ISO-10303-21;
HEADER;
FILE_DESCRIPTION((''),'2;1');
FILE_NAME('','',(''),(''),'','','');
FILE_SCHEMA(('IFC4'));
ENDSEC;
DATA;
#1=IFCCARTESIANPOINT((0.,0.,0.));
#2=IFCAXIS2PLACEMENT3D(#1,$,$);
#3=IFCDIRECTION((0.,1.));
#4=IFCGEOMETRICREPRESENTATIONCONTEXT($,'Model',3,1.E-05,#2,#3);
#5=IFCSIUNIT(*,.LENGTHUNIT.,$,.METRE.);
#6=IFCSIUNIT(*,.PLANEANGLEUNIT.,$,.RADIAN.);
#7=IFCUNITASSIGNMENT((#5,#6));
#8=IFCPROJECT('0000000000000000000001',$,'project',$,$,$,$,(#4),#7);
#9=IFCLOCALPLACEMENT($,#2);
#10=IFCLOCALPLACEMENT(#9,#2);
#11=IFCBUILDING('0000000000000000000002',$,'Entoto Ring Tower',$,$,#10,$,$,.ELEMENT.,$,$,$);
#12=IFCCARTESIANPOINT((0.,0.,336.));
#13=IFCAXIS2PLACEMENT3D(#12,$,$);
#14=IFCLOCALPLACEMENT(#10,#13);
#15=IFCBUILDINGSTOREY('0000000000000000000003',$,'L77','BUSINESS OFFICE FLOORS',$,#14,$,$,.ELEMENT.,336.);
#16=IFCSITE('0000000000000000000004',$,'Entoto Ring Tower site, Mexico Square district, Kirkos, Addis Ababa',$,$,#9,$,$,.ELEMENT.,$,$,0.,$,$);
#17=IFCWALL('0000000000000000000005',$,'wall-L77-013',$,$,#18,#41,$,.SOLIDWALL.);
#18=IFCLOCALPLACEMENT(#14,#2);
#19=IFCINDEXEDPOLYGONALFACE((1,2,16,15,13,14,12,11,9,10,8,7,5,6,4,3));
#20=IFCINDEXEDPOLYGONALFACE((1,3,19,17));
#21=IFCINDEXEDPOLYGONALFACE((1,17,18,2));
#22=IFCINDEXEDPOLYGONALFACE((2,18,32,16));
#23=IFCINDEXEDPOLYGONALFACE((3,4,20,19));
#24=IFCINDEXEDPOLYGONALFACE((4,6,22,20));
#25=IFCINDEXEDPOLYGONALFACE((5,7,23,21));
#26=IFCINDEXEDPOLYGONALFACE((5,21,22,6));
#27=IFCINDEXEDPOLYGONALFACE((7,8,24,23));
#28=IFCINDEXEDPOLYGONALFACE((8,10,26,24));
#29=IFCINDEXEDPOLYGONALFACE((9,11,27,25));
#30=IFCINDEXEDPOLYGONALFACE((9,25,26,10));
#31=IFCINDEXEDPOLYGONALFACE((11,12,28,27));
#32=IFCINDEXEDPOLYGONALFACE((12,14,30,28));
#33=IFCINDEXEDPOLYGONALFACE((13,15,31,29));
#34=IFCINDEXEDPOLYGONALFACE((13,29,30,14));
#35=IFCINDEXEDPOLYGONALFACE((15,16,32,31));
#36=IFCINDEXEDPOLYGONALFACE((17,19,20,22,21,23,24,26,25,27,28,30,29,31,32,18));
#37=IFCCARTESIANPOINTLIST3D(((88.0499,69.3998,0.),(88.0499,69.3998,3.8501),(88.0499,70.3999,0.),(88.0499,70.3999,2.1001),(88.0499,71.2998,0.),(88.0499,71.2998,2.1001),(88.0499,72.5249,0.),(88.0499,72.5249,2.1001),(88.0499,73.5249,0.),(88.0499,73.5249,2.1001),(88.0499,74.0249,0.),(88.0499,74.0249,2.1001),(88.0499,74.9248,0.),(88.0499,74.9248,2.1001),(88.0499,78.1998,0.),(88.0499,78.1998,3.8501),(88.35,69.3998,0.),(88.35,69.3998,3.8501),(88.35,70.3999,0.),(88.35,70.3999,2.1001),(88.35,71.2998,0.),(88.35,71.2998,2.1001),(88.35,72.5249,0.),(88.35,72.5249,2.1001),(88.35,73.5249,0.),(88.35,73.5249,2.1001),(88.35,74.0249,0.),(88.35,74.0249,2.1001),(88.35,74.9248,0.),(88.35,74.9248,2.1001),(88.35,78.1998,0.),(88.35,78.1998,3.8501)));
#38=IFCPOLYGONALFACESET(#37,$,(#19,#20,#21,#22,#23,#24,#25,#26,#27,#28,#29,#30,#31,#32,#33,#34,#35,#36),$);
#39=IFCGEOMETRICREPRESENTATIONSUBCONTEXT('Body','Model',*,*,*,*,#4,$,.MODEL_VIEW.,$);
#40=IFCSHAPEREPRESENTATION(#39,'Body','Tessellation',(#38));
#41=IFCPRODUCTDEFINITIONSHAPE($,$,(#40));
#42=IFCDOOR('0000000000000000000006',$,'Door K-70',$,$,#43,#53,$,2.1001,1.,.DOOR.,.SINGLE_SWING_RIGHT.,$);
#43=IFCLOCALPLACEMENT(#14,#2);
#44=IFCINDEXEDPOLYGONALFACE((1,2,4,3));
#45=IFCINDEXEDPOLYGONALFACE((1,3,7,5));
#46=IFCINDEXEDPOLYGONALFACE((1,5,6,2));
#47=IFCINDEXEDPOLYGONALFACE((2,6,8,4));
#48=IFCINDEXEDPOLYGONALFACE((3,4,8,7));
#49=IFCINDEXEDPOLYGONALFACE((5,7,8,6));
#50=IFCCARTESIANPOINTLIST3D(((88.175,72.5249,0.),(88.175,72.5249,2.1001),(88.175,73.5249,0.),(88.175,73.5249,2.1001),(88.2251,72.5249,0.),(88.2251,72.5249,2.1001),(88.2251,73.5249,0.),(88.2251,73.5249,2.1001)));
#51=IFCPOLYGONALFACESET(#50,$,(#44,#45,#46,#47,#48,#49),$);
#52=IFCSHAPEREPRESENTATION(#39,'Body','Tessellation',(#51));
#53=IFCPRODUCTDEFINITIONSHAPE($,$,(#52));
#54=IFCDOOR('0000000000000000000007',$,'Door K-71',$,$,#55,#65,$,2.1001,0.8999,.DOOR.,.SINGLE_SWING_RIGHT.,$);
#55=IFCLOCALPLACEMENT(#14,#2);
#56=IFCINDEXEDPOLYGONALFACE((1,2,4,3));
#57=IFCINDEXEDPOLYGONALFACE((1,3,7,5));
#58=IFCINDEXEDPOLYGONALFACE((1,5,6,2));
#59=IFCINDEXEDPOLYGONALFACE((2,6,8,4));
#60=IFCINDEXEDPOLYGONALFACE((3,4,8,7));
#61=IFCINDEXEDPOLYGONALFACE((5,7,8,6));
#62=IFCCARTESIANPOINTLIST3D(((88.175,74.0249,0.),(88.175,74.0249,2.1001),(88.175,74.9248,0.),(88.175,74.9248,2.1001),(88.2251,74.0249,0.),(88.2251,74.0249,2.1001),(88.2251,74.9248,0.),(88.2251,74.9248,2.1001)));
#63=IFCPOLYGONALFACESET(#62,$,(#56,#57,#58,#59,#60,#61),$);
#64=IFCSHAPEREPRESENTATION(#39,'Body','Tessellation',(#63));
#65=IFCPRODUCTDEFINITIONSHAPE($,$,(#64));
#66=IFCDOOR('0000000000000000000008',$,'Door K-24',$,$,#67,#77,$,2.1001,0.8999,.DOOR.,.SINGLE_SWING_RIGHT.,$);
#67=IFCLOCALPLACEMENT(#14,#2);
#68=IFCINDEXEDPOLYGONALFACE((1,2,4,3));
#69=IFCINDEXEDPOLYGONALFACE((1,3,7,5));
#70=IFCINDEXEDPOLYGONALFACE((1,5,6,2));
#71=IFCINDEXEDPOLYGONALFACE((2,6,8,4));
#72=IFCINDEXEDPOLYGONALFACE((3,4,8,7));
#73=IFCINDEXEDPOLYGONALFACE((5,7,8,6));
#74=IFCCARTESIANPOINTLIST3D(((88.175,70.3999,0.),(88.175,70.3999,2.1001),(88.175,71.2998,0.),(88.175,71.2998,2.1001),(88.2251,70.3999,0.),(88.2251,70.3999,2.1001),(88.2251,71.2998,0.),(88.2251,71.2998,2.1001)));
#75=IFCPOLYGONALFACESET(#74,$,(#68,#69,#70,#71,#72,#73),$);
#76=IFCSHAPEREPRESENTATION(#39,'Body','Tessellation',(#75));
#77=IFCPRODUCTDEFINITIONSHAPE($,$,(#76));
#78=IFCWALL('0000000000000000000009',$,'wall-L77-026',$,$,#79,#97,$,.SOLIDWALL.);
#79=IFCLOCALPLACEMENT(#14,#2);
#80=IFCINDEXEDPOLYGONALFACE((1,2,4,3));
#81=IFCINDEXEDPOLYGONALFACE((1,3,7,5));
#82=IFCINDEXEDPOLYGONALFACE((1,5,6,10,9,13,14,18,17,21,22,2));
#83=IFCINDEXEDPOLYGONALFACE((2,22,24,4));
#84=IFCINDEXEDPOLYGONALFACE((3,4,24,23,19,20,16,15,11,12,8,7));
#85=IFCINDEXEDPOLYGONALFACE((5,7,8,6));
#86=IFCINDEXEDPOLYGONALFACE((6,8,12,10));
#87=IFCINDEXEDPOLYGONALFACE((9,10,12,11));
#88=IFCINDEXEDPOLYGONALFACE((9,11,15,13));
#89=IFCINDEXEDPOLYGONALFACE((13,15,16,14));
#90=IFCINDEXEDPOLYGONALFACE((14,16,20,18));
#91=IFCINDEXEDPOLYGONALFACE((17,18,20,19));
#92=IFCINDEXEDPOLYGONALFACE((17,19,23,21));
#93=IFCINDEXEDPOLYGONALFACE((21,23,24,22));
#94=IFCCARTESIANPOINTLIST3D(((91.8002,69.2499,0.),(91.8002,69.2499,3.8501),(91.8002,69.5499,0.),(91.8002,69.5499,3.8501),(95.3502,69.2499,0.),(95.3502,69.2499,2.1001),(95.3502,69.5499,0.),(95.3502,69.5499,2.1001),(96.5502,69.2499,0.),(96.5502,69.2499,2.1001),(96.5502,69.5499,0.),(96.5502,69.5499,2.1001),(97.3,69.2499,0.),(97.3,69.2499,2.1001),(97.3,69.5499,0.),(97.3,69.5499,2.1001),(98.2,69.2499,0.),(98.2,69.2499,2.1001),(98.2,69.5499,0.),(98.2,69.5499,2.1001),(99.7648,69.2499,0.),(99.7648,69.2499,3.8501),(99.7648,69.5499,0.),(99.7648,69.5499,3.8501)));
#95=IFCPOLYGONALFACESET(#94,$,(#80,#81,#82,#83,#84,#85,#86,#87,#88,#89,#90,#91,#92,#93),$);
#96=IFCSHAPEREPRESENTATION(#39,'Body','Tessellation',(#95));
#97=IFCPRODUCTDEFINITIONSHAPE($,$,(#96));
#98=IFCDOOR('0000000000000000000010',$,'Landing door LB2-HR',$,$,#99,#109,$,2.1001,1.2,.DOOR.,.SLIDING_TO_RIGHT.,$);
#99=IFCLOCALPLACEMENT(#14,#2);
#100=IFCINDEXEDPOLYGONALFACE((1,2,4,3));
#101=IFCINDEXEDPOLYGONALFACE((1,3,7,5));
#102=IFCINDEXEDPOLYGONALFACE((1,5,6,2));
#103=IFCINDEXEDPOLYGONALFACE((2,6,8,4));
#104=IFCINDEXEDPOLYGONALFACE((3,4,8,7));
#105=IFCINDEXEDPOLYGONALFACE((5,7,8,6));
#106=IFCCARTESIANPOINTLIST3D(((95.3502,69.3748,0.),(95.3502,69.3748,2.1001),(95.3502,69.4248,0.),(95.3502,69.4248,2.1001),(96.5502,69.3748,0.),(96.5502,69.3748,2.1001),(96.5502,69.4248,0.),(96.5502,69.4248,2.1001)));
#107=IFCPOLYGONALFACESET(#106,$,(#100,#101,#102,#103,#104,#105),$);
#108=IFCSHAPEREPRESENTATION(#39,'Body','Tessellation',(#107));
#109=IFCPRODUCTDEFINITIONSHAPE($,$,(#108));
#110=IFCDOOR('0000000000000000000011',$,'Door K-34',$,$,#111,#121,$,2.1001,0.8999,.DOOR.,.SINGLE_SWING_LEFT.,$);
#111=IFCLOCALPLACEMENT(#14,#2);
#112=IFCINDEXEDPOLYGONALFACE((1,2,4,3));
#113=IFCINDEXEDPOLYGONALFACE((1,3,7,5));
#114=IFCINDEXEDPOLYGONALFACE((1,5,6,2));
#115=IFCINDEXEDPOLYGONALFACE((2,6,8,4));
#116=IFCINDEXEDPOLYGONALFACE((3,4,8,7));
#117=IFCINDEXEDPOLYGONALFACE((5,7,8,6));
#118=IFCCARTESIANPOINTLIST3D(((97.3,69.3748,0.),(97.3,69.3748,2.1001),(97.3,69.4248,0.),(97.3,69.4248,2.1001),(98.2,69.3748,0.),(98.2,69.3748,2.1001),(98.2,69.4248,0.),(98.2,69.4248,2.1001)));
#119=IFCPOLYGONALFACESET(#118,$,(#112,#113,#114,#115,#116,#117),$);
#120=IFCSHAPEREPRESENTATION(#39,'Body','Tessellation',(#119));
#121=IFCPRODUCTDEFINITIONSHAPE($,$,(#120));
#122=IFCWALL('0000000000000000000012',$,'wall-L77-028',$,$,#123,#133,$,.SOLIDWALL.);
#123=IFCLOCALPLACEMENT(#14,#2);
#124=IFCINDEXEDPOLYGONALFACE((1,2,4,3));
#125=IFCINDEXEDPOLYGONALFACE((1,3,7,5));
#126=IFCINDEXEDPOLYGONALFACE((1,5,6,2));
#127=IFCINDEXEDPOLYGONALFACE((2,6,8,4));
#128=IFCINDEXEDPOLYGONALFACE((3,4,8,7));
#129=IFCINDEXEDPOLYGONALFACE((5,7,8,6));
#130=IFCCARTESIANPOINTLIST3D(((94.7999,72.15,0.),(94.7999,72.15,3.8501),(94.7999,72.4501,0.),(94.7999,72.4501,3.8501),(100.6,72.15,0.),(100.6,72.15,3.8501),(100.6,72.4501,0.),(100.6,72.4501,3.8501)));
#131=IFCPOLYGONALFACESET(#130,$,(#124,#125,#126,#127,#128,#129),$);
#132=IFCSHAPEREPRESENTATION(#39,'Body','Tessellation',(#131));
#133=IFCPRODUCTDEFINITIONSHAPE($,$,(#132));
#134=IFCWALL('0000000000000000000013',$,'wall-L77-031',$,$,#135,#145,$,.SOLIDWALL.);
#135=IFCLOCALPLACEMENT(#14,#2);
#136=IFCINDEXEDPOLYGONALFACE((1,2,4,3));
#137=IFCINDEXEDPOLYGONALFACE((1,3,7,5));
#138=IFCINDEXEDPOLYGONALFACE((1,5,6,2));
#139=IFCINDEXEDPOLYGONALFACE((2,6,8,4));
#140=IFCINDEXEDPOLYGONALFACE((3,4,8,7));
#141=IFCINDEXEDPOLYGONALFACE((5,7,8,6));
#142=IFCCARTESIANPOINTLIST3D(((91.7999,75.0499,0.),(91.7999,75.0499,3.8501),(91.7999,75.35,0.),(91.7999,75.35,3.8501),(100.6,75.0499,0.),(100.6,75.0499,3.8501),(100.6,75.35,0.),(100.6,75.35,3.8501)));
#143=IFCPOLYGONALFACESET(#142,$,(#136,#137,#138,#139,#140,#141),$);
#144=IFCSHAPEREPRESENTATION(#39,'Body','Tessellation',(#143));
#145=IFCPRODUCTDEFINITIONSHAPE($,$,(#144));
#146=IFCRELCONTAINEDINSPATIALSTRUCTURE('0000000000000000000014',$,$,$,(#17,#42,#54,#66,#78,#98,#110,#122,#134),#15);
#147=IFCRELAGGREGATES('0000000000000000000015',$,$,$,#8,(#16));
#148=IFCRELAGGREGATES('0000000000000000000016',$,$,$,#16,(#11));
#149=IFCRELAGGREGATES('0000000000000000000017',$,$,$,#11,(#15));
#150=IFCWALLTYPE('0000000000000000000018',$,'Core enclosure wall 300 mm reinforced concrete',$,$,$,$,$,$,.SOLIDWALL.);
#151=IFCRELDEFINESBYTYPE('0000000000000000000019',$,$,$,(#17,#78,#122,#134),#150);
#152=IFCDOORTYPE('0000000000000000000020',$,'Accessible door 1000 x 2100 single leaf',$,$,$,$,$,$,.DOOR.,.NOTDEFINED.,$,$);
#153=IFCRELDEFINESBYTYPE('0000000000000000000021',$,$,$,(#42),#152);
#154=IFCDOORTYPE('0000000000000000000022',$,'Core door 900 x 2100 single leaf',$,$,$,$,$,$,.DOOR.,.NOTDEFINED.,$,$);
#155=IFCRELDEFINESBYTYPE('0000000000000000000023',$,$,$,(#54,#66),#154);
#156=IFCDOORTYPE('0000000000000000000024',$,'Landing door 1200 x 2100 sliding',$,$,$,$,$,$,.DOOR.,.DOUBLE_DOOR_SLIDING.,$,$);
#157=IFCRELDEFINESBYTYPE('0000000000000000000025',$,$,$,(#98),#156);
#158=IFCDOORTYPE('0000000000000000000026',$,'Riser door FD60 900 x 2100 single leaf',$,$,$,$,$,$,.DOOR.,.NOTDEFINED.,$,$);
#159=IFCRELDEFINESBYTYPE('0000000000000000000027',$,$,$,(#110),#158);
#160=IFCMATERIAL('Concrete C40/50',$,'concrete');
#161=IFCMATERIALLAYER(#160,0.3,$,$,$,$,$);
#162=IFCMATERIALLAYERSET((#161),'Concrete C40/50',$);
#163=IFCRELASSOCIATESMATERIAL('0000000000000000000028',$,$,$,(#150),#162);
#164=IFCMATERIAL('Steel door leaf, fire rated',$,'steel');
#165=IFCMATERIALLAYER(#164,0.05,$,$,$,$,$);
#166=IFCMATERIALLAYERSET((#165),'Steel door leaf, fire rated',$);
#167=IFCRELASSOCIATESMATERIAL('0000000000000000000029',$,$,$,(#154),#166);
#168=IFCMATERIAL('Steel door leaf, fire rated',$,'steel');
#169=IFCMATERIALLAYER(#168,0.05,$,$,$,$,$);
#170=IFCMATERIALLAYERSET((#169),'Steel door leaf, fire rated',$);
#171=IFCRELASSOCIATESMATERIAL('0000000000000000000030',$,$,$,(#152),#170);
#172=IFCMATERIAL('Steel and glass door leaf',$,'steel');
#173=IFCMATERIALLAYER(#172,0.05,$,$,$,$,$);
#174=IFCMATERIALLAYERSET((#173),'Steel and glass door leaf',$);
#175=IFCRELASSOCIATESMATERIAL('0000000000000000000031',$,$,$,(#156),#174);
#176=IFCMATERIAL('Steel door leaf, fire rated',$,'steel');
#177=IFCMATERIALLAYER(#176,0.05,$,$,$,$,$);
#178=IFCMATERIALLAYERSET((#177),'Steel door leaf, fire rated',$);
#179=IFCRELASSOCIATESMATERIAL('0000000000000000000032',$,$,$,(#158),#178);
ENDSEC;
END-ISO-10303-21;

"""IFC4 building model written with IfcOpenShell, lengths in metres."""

from ifc_helpers import new_model, si_unit, direction, frame, frame_2d, origin, place, context, subcontext, project, spatial, rectangle, extrude, material, layer, layer_set, type_object, element, fill, save


model = new_model("IFC4")

# Units and contexts
model_context = context("Model", 3, precision=1e-05, world=origin(), true_north=direction((0.0, 1.0)))
body_context = subcontext(model_context, "Body", "Model", "MODEL_VIEW")
ifc_project = project(units=[si_unit("LENGTHUNIT", "METRE"), si_unit("PLANEANGLEUNIT", "RADIAN")], contexts=[model_context])

# Site, building, storey
site_placement = place(None, origin())
site = spatial("IfcSite", under=ifc_project, at=site_placement, Name="Entoto Ring Tower site, Mexico Square district, Kirkos, Addis Ababa", CompositionType="ELEMENT", RefElevation=0.0)
building_placement = place(site_placement, origin())
building = spatial("IfcBuilding", under=site, at=building_placement, Name="Entoto Ring Tower", CompositionType="ELEMENT")
storey_placement = place(building_placement, frame((0.0, 0.0, 336.0)))
storey = spatial("IfcBuildingStorey", under=building, at=storey_placement, Name="L77", Description="BUSINESS OFFICE FLOORS", CompositionType="ELEMENT", Elevation=336.0)

# Shared definitions
ifc_material_1 = material(Name="Concrete C40/50", Category="concrete")
ifc_layer_1 = layer(ifc_material_1, 0.3)
ifc_layer_set_1 = layer_set([ifc_layer_1], Name="Concrete C40/50")
wall_type = type_object("IfcWallType", Name="Core enclosure wall 300 mm reinforced concrete", PredefinedType="SOLIDWALL", material=ifc_layer_set_1)

# Shared definitions
ifc_material_2 = material(Name="Steel door leaf, fire rated", Category="steel")
ifc_layer_2 = layer(ifc_material_2, 0.05)
ifc_layer_set_2 = layer_set([ifc_layer_2], Name="Steel door leaf, fire rated")
door_type_1 = type_object("IfcDoorType", Name="Core door 900 x 2100 single leaf", OperationType="NOTDEFINED", PredefinedType="DOOR", material=ifc_layer_set_2)

# Walls, openings, doors
wall_1_placement = place(storey_placement, frame((88.2, 69.3999, 0.0), z_axis=(0.0, 0.0, 1.0), x_axis=(0.0, 1.0, 0.0)))
wall_1 = element("IfcWall", 1, at=wall_1_placement, inside=storey, type_object=wall_type, Name="wall-L77-013", PredefinedType="SOLIDWALL", context=body_context, shape_type="SweptSolid", body=[
    extrude(rectangle(XDim=8.8, YDim=0.3, at=frame_2d((4.3999, 0.0))), origin(), (0.0, 0.0, 1.0), 3.8501),
])
opening_1_placement = place(wall_1_placement, frame((3.125, 0.0, 0.0)))
opening_1 = element("IfcOpeningElement", 2, at=opening_1_placement, cuts=wall_1, PredefinedType="OPENING", context=body_context, shape_type="SweptSolid", body=[
    extrude(rectangle(XDim=1.0, YDim=2.1001, at=frame_2d((0.5, 1.05))), frame((0.0, 0.1602, 0.0), z_axis=(0.0, -1.0, 0.0), x_axis=(1.0, 0.0, 0.0)), (0.0, 0.0, 1.0), 0.3201),
])
opening_2_placement = place(wall_1_placement, frame((4.625, 0.0, 0.0)))
opening_2 = element("IfcOpeningElement", 3, at=opening_2_placement, cuts=wall_1, PredefinedType="OPENING", context=body_context, shape_type="SweptSolid", body=[
    extrude(rectangle(XDim=0.8999, YDim=2.1001, at=frame_2d((0.45, 1.05))), frame((0.0, 0.1602, 0.0), z_axis=(0.0, -1.0, 0.0), x_axis=(1.0, 0.0, 0.0)), (0.0, 0.0, 1.0), 0.3201),
])
opening_3_placement = place(wall_1_placement, frame((1.0, 0.0, 0.0)))
opening_3 = element("IfcOpeningElement", 4, at=opening_3_placement, cuts=wall_1, PredefinedType="OPENING", context=body_context, shape_type="SweptSolid", body=[
    extrude(rectangle(XDim=0.8999, YDim=2.1001, at=frame_2d((0.45, 1.05))), frame((0.0, 0.1602, 0.0), z_axis=(0.0, -1.0, 0.0), x_axis=(1.0, 0.0, 0.0)), (0.0, 0.0, 1.0), 0.3201),
])
ifc_material_3 = material(Name="Steel door leaf, fire rated", Category="steel")
ifc_layer_3 = layer(ifc_material_3, 0.05)
ifc_layer_set_3 = layer_set([ifc_layer_3], Name="Steel door leaf, fire rated")
door_type_2 = type_object("IfcDoorType", Name="Accessible door 1000 x 2100 single leaf", OperationType="NOTDEFINED", PredefinedType="DOOR", material=ifc_layer_set_3)
door_1_placement = place(opening_1_placement, origin())
door_1 = element("IfcDoor", 5, at=door_1_placement, inside=storey, type_object=door_type_2, Name="Door K-70", OperationType="SINGLE_SWING_RIGHT", OverallHeight=2.1001, OverallWidth=1.0, PredefinedType="DOOR", context=body_context, shape_type="SweptSolid", body=[
    extrude(rectangle(XDim=1.0, YDim=2.1001, at=frame_2d((0.5, 1.05))), frame((0.0, 0.0249, 0.0), z_axis=(0.0, -1.0, 0.0), x_axis=(1.0, 0.0, 0.0)), (0.0, 0.0, 1.0), 0.05),
])
fill(opening_1, door_1)
door_2_placement = place(opening_2_placement, origin())
door_2 = element("IfcDoor", 6, at=door_2_placement, inside=storey, type_object=door_type_1, Name="Door K-71", OperationType="SINGLE_SWING_RIGHT", OverallHeight=2.1001, OverallWidth=0.8999, PredefinedType="DOOR", context=body_context, shape_type="SweptSolid", body=[
    extrude(rectangle(XDim=0.8999, YDim=2.1001, at=frame_2d((0.45, 1.05))), frame((0.0, 0.0249, 0.0), z_axis=(0.0, -1.0, 0.0), x_axis=(1.0, 0.0, 0.0)), (0.0, 0.0, 1.0), 0.05),
])
fill(opening_2, door_2)
door_3_placement = place(opening_3_placement, origin())
door_3 = element("IfcDoor", 7, at=door_3_placement, inside=storey, type_object=door_type_1, Name="Door K-24", OperationType="SINGLE_SWING_RIGHT", OverallHeight=2.1001, OverallWidth=0.8999, PredefinedType="DOOR", context=body_context, shape_type="SweptSolid", body=[
    extrude(rectangle(XDim=0.8999, YDim=2.1001, at=frame_2d((0.45, 1.05))), frame((0.0, 0.0249, 0.0), z_axis=(0.0, -1.0, 0.0), x_axis=(1.0, 0.0, 0.0)), (0.0, 0.0, 1.0), 0.05),
])
fill(opening_3, door_3)
wall_2_placement = place(storey_placement, frame((91.8, 69.3999, 0.0), z_axis=(0.0, 0.0, 1.0), x_axis=(1.0, 0.0, 0.0)))
wall_2 = element("IfcWall", 8, at=wall_2_placement, inside=storey, type_object=wall_type, Name="wall-L77-026", PredefinedType="SOLIDWALL", context=body_context, shape_type="SweptSolid", body=[
    extrude(rectangle(XDim=7.9646, YDim=0.3, at=frame_2d((3.9824, 0.0))), origin(), (0.0, 0.0, 1.0), 3.8501),
])
opening_4_placement = place(wall_2_placement, frame((3.55, 0.0, 0.0)))
opening_4 = element("IfcOpeningElement", 9, at=opening_4_placement, cuts=wall_2, PredefinedType="OPENING", context=body_context, shape_type="SweptSolid", body=[
    extrude(rectangle(XDim=1.2, YDim=2.1001, at=frame_2d((0.6001, 1.05))), frame((0.0, 0.1602, 0.0), z_axis=(0.0, -1.0, 0.0), x_axis=(1.0, 0.0, 0.0)), (0.0, 0.0, 1.0), 0.3201),
])
opening_5_placement = place(wall_2_placement, frame((5.5, 0.0, 0.0)))
opening_5 = element("IfcOpeningElement", 10, at=opening_5_placement, cuts=wall_2, PredefinedType="OPENING", context=body_context, shape_type="SweptSolid", body=[
    extrude(rectangle(XDim=0.8999, YDim=2.1001, at=frame_2d((0.45, 1.05))), frame((0.0, 0.1602, 0.0), z_axis=(0.0, -1.0, 0.0), x_axis=(1.0, 0.0, 0.0)), (0.0, 0.0, 1.0), 0.3201),
])
ifc_material_4 = material(Name="Steel and glass door leaf", Category="steel")
ifc_layer_4 = layer(ifc_material_4, 0.05)
ifc_layer_set_4 = layer_set([ifc_layer_4], Name="Steel and glass door leaf")
door_type_3 = type_object("IfcDoorType", Name="Landing door 1200 x 2100 sliding", OperationType="DOUBLE_DOOR_SLIDING", PredefinedType="DOOR", material=ifc_layer_set_4)
door_4_placement = place(opening_4_placement, origin())
door_4 = element("IfcDoor", 11, at=door_4_placement, inside=storey, type_object=door_type_3, Name="Landing door LB2-HR", OperationType="SLIDING_TO_RIGHT", OverallHeight=2.1001, OverallWidth=1.2, PredefinedType="DOOR", context=body_context, shape_type="SweptSolid", body=[
    extrude(rectangle(XDim=1.2, YDim=2.1001, at=frame_2d((0.6001, 1.05))), frame((0.0, 0.0249, 0.0), z_axis=(0.0, -1.0, 0.0), x_axis=(1.0, 0.0, 0.0)), (0.0, 0.0, 1.0), 0.05),
])
fill(opening_4, door_4)
ifc_material_5 = material(Name="Steel door leaf, fire rated", Category="steel")
ifc_layer_5 = layer(ifc_material_5, 0.05)
ifc_layer_set_5 = layer_set([ifc_layer_5], Name="Steel door leaf, fire rated")
door_type_4 = type_object("IfcDoorType", Name="Riser door FD60 900 x 2100 single leaf", OperationType="NOTDEFINED", PredefinedType="DOOR", material=ifc_layer_set_5)
door_5_placement = place(opening_5_placement, origin())
door_5 = element("IfcDoor", 12, at=door_5_placement, inside=storey, type_object=door_type_4, Name="Door K-34", OperationType="SINGLE_SWING_LEFT", OverallHeight=2.1001, OverallWidth=0.8999, PredefinedType="DOOR", context=body_context, shape_type="SweptSolid", body=[
    extrude(rectangle(XDim=0.8999, YDim=2.1001, at=frame_2d((0.45, 1.05))), frame((0.0, 0.0249, 0.0), z_axis=(0.0, -1.0, 0.0), x_axis=(1.0, 0.0, 0.0)), (0.0, 0.0, 1.0), 0.05),
])
fill(opening_5, door_5)

# Walls
wall_3_placement = place(storey_placement, frame((94.8, 72.3, 0.0), z_axis=(0.0, 0.0, 1.0), x_axis=(1.0, 0.0, 0.0)))
element("IfcWall", 13, at=wall_3_placement, inside=storey, type_object=wall_type, Name="wall-L77-028", PredefinedType="SOLIDWALL", context=body_context, shape_type="SweptSolid", body=[
    extrude(rectangle(XDim=5.8, YDim=0.3, at=frame_2d((2.8999, 0.0))), origin(), (0.0, 0.0, 1.0), 3.8501),
])
wall_4_placement = place(storey_placement, frame((91.8, 75.2, 0.0), z_axis=(0.0, 0.0, 1.0), x_axis=(1.0, 0.0, 0.0)))
element("IfcWall", 14, at=wall_4_placement, inside=storey, type_object=wall_type, Name="wall-L77-031", PredefinedType="SOLIDWALL", context=body_context, shape_type="SweptSolid", body=[
    extrude(rectangle(XDim=8.8, YDim=0.3, at=frame_2d((4.3999, 0.0))), origin(), (0.0, 0.0, 1.0), 3.8501),
])

save(model, "model.ifc")
